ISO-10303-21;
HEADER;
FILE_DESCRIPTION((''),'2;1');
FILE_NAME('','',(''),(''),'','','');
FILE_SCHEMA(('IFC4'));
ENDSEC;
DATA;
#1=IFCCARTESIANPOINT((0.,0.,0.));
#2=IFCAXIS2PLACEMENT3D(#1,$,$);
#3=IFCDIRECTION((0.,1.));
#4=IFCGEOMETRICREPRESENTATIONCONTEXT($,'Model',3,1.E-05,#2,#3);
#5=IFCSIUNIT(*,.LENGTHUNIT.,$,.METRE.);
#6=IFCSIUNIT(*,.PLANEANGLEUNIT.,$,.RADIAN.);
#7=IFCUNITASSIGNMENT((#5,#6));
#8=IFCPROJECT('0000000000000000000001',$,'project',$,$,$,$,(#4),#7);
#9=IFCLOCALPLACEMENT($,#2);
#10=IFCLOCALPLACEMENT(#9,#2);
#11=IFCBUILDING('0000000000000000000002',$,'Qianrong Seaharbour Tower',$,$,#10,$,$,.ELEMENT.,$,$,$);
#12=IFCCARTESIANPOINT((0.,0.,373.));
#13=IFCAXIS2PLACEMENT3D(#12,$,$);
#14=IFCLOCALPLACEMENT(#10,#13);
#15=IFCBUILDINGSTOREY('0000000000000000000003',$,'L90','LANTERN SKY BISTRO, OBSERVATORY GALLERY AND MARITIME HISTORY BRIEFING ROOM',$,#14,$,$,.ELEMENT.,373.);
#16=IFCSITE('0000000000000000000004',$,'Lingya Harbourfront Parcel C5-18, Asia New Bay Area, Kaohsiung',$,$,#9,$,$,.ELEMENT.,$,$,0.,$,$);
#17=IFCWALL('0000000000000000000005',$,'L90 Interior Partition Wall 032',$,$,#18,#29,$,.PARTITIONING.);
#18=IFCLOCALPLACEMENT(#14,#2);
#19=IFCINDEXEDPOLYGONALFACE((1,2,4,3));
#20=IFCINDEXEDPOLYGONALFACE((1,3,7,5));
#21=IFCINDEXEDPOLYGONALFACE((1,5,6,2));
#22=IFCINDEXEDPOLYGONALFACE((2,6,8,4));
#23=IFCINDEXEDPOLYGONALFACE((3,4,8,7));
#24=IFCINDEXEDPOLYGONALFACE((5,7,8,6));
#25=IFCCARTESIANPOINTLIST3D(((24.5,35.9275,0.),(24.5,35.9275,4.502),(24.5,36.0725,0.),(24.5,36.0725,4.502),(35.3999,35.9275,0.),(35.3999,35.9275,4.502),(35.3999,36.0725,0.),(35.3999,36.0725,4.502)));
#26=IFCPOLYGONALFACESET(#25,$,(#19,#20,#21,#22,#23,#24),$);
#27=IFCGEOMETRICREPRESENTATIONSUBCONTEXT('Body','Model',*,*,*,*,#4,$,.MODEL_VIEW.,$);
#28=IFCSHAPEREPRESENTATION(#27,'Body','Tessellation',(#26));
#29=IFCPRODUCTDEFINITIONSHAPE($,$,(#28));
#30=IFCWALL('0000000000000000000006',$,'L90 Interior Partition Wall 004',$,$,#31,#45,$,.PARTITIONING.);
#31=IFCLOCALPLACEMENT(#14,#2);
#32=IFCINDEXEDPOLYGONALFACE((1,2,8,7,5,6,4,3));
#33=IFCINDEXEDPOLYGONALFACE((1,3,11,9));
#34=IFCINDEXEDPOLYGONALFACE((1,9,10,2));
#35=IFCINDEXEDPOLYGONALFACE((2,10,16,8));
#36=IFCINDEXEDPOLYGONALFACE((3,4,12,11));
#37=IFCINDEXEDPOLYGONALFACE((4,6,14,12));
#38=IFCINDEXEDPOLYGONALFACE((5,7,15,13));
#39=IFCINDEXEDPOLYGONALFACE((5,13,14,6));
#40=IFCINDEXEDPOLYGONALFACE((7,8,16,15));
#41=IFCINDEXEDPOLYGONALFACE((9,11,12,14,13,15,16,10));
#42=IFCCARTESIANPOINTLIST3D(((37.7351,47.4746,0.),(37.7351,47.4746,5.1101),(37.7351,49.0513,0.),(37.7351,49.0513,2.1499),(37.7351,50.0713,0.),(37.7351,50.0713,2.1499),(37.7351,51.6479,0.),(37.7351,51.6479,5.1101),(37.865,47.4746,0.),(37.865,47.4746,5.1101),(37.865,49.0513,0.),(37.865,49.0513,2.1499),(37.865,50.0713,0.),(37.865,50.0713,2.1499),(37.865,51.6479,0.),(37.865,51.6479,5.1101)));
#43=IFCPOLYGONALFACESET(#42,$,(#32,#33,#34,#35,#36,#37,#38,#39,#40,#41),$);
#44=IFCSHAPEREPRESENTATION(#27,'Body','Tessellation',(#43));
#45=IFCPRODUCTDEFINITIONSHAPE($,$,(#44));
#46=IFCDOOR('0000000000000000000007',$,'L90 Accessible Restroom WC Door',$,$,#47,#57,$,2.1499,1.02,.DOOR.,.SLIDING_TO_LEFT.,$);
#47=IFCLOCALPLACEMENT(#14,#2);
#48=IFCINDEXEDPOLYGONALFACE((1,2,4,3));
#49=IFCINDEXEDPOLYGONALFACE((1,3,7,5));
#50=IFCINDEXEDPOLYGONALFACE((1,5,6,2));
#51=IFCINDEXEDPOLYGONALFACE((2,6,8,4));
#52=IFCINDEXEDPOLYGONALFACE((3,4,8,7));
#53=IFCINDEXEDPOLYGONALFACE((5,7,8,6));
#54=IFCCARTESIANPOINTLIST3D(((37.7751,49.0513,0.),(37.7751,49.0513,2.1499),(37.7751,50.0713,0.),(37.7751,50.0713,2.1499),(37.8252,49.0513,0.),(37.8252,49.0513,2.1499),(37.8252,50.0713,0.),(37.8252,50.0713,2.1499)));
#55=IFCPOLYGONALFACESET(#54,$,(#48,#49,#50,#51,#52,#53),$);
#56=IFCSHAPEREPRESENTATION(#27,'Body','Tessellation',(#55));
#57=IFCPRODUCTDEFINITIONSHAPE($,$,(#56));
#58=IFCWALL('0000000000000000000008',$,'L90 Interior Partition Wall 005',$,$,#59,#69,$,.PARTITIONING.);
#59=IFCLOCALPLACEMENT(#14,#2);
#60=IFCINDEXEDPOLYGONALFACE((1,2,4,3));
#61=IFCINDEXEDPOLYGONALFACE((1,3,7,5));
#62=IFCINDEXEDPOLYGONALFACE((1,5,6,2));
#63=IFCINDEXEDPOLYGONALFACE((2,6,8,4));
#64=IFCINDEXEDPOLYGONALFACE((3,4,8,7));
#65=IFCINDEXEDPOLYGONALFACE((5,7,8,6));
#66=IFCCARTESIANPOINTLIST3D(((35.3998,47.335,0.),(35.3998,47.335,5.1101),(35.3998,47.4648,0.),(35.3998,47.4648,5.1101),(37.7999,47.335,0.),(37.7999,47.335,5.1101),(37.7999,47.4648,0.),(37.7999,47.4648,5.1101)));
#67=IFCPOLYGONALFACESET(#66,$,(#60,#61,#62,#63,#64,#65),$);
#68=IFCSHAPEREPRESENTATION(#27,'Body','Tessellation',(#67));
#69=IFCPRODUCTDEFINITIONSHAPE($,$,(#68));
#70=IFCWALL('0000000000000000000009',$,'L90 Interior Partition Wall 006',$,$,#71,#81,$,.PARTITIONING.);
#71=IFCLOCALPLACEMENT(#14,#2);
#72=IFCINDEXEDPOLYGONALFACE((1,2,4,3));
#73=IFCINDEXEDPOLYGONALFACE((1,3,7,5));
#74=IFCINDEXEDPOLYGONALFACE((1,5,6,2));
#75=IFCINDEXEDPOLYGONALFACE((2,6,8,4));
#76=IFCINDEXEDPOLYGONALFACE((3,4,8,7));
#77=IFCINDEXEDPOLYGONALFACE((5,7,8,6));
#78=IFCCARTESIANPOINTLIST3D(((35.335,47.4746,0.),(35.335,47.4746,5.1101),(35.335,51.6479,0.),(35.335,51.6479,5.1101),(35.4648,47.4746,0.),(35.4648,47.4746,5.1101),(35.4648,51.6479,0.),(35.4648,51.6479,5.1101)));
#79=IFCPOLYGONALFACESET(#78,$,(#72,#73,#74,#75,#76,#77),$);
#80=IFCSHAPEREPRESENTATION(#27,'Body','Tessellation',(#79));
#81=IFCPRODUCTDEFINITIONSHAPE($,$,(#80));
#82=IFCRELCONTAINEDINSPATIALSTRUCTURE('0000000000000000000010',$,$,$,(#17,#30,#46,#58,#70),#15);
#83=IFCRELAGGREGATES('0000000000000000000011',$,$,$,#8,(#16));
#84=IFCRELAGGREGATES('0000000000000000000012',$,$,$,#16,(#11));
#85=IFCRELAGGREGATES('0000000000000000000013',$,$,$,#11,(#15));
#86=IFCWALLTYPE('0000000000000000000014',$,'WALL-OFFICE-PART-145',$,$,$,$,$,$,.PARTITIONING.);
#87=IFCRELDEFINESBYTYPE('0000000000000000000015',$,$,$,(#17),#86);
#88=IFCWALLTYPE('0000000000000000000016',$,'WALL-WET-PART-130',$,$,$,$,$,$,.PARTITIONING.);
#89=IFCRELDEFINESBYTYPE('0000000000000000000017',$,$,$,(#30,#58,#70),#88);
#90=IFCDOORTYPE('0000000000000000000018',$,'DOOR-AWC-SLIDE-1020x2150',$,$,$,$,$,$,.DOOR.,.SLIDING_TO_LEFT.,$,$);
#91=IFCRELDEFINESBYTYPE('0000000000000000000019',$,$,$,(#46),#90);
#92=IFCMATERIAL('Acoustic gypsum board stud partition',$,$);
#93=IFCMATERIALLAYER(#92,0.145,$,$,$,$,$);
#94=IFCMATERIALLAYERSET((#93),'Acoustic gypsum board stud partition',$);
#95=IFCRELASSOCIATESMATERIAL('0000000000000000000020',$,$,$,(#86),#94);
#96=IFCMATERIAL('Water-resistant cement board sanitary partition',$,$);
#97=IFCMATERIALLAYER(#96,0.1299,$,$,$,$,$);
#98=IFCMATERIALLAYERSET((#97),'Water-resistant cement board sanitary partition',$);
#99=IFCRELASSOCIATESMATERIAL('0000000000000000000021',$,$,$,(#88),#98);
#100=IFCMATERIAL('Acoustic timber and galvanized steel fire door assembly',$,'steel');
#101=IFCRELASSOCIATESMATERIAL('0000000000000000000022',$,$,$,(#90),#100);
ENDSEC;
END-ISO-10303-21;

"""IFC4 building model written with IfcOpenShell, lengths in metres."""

from ifc_helpers import new_model, si_unit, direction, frame, frame_2d, origin, place, context, subcontext, project, spatial, rectangle, extrude, material, layer, layer_set, type_object, element, fill, save


model = new_model("IFC4")

# Units and contexts
model_context = context("Model", 3, precision=1e-05, world=origin(), true_north=direction((0.0, 1.0)))
body_context = subcontext(model_context, "Body", "Model", "MODEL_VIEW")
ifc_project = project(units=[si_unit("LENGTHUNIT", "METRE"), si_unit("PLANEANGLEUNIT", "RADIAN")], contexts=[model_context])

# Site, building, storey
site_placement = place(None, origin())
site = spatial("IfcSite", under=ifc_project, at=site_placement, Name="Lingya Harbourfront Parcel C5-18, Asia New Bay Area, Kaohsiung", CompositionType="ELEMENT", RefElevation=0.0)
building_placement = place(site_placement, origin())
building = spatial("IfcBuilding", under=site, at=building_placement, Name="Qianrong Seaharbour Tower", CompositionType="ELEMENT")
storey_placement = place(building_placement, frame((0.0, 0.0, 373.0)))
storey = spatial("IfcBuildingStorey", under=building, at=storey_placement, Name="L90", Description="LANTERN SKY BISTRO, OBSERVATORY GALLERY AND MARITIME HISTORY BRIEFING ROOM", CompositionType="ELEMENT", Elevation=373.0)

# Shared definitions
ifc_material_1 = material(Name="Acoustic timber and galvanized steel fire door assembly", Category="steel")

# Wall
ifc_material_2 = material(Name="Acoustic gypsum board stud partition")
ifc_layer_1 = layer(ifc_material_2, 0.145)
ifc_layer_set_1 = layer_set([ifc_layer_1], Name="Acoustic gypsum board stud partition")
wall_type_1 = type_object("IfcWallType", Name="WALL-OFFICE-PART-145", PredefinedType="PARTITIONING", material=ifc_layer_set_1)
wall_1_placement = place(storey_placement, frame((35.3999, 36.0, 0.0), z_axis=(0.0, 0.0, 1.0), x_axis=(-1.0, 0.0, 0.0)))
element("IfcWall", 1, at=wall_1_placement, inside=storey, type_object=wall_type_1, Name="L90 Interior Partition Wall 032", PredefinedType="PARTITIONING", context=body_context, shape_type="SweptSolid", body=[
    extrude(rectangle(XDim=10.8999, YDim=0.145, at=frame_2d((5.45, 0.0))), origin(), (0.0, 0.0, 1.0), 4.502),
])

# Wall, opening, door
ifc_material_3 = material(Name="Water-resistant cement board sanitary partition")
ifc_layer_2 = layer(ifc_material_3, 0.1299)
ifc_layer_set_2 = layer_set([ifc_layer_2], Name="Water-resistant cement board sanitary partition")
wall_type_2 = type_object("IfcWallType", Name="WALL-WET-PART-130", PredefinedType="PARTITIONING", material=ifc_layer_set_2)
wall_2_placement = place(storey_placement, frame((37.8, 47.4746, 0.0), z_axis=(0.0, 0.0, 1.0), x_axis=(0.0, 1.0, 0.0)))
wall_2 = element("IfcWall", 2, at=wall_2_placement, inside=storey, type_object=wall_type_2, Name="L90 Interior Partition Wall 004", PredefinedType="PARTITIONING", context=body_context, shape_type="SweptSolid", body=[
    extrude(rectangle(XDim=4.1733, YDim=0.1299, at=frame_2d((2.0867, 0.0))), origin(), (0.0, 0.0, 1.0), 5.1101),
])
opening_1_placement = place(wall_2_placement, frame((1.5767, 0.0, 0.0)))
opening_1 = element("IfcOpeningElement", 3, at=opening_1_placement, cuts=wall_2, PredefinedType="OPENING", context=body_context, shape_type="SweptSolid", body=[
    extrude(rectangle(XDim=1.02, YDim=2.1499, at=frame_2d((0.51, 1.075))), frame((0.0, 0.075, 0.0), z_axis=(0.0, -1.0, 0.0), x_axis=(1.0, 0.0, 0.0)), (0.0, 0.0, 1.0), 0.1499),
])
door_type_1 = type_object("IfcDoorType", Name="DOOR-AWC-SLIDE-1020x2150", OperationType="SLIDING_TO_LEFT", PredefinedType="DOOR", material=ifc_material_1)
door_1_placement = place(opening_1_placement, origin())
door_1 = element("IfcDoor", 4, at=door_1_placement, inside=storey, type_object=door_type_1, Name="L90 Accessible Restroom WC Door", OperationType="SLIDING_TO_LEFT", OverallHeight=2.1499, OverallWidth=1.02, PredefinedType="DOOR", context=body_context, shape_type="SweptSolid", body=[
    extrude(rectangle(XDim=1.02, YDim=2.1499, at=frame_2d((0.51, 1.075))), frame((0.0, 0.0249, 0.0), z_axis=(0.0, -1.0, 0.0), x_axis=(1.0, 0.0, 0.0)), (0.0, 0.0, 1.0), 0.05),
])
fill(opening_1, door_1)

# Walls
wall_3_placement = place(storey_placement, frame((37.8, 47.3999, 0.0), z_axis=(0.0, 0.0, 1.0), x_axis=(-1.0, 0.0, 0.0)))
element("IfcWall", 5, at=wall_3_placement, inside=storey, type_object=wall_type_2, Name="L90 Interior Partition Wall 005", PredefinedType="PARTITIONING", context=body_context, shape_type="SweptSolid", body=[
    extrude(rectangle(XDim=2.4001, YDim=0.1299, at=frame_2d((1.2002, 0.0))), origin(), (0.0, 0.0, 1.0), 5.1101),
])
wall_4_placement = place(storey_placement, frame((35.3999, 47.4746, 0.0), z_axis=(0.0, 0.0, 1.0), x_axis=(0.0, 1.0, 0.0)))
element("IfcWall", 6, at=wall_4_placement, inside=storey, type_object=wall_type_2, Name="L90 Interior Partition Wall 006", PredefinedType="PARTITIONING", context=body_context, shape_type="SweptSolid", body=[
    extrude(rectangle(XDim=4.1733, YDim=0.1299, at=frame_2d((2.0867, 0.0))), origin(), (0.0, 0.0, 1.0), 5.1101),
])

save(model, "model.ifc")
